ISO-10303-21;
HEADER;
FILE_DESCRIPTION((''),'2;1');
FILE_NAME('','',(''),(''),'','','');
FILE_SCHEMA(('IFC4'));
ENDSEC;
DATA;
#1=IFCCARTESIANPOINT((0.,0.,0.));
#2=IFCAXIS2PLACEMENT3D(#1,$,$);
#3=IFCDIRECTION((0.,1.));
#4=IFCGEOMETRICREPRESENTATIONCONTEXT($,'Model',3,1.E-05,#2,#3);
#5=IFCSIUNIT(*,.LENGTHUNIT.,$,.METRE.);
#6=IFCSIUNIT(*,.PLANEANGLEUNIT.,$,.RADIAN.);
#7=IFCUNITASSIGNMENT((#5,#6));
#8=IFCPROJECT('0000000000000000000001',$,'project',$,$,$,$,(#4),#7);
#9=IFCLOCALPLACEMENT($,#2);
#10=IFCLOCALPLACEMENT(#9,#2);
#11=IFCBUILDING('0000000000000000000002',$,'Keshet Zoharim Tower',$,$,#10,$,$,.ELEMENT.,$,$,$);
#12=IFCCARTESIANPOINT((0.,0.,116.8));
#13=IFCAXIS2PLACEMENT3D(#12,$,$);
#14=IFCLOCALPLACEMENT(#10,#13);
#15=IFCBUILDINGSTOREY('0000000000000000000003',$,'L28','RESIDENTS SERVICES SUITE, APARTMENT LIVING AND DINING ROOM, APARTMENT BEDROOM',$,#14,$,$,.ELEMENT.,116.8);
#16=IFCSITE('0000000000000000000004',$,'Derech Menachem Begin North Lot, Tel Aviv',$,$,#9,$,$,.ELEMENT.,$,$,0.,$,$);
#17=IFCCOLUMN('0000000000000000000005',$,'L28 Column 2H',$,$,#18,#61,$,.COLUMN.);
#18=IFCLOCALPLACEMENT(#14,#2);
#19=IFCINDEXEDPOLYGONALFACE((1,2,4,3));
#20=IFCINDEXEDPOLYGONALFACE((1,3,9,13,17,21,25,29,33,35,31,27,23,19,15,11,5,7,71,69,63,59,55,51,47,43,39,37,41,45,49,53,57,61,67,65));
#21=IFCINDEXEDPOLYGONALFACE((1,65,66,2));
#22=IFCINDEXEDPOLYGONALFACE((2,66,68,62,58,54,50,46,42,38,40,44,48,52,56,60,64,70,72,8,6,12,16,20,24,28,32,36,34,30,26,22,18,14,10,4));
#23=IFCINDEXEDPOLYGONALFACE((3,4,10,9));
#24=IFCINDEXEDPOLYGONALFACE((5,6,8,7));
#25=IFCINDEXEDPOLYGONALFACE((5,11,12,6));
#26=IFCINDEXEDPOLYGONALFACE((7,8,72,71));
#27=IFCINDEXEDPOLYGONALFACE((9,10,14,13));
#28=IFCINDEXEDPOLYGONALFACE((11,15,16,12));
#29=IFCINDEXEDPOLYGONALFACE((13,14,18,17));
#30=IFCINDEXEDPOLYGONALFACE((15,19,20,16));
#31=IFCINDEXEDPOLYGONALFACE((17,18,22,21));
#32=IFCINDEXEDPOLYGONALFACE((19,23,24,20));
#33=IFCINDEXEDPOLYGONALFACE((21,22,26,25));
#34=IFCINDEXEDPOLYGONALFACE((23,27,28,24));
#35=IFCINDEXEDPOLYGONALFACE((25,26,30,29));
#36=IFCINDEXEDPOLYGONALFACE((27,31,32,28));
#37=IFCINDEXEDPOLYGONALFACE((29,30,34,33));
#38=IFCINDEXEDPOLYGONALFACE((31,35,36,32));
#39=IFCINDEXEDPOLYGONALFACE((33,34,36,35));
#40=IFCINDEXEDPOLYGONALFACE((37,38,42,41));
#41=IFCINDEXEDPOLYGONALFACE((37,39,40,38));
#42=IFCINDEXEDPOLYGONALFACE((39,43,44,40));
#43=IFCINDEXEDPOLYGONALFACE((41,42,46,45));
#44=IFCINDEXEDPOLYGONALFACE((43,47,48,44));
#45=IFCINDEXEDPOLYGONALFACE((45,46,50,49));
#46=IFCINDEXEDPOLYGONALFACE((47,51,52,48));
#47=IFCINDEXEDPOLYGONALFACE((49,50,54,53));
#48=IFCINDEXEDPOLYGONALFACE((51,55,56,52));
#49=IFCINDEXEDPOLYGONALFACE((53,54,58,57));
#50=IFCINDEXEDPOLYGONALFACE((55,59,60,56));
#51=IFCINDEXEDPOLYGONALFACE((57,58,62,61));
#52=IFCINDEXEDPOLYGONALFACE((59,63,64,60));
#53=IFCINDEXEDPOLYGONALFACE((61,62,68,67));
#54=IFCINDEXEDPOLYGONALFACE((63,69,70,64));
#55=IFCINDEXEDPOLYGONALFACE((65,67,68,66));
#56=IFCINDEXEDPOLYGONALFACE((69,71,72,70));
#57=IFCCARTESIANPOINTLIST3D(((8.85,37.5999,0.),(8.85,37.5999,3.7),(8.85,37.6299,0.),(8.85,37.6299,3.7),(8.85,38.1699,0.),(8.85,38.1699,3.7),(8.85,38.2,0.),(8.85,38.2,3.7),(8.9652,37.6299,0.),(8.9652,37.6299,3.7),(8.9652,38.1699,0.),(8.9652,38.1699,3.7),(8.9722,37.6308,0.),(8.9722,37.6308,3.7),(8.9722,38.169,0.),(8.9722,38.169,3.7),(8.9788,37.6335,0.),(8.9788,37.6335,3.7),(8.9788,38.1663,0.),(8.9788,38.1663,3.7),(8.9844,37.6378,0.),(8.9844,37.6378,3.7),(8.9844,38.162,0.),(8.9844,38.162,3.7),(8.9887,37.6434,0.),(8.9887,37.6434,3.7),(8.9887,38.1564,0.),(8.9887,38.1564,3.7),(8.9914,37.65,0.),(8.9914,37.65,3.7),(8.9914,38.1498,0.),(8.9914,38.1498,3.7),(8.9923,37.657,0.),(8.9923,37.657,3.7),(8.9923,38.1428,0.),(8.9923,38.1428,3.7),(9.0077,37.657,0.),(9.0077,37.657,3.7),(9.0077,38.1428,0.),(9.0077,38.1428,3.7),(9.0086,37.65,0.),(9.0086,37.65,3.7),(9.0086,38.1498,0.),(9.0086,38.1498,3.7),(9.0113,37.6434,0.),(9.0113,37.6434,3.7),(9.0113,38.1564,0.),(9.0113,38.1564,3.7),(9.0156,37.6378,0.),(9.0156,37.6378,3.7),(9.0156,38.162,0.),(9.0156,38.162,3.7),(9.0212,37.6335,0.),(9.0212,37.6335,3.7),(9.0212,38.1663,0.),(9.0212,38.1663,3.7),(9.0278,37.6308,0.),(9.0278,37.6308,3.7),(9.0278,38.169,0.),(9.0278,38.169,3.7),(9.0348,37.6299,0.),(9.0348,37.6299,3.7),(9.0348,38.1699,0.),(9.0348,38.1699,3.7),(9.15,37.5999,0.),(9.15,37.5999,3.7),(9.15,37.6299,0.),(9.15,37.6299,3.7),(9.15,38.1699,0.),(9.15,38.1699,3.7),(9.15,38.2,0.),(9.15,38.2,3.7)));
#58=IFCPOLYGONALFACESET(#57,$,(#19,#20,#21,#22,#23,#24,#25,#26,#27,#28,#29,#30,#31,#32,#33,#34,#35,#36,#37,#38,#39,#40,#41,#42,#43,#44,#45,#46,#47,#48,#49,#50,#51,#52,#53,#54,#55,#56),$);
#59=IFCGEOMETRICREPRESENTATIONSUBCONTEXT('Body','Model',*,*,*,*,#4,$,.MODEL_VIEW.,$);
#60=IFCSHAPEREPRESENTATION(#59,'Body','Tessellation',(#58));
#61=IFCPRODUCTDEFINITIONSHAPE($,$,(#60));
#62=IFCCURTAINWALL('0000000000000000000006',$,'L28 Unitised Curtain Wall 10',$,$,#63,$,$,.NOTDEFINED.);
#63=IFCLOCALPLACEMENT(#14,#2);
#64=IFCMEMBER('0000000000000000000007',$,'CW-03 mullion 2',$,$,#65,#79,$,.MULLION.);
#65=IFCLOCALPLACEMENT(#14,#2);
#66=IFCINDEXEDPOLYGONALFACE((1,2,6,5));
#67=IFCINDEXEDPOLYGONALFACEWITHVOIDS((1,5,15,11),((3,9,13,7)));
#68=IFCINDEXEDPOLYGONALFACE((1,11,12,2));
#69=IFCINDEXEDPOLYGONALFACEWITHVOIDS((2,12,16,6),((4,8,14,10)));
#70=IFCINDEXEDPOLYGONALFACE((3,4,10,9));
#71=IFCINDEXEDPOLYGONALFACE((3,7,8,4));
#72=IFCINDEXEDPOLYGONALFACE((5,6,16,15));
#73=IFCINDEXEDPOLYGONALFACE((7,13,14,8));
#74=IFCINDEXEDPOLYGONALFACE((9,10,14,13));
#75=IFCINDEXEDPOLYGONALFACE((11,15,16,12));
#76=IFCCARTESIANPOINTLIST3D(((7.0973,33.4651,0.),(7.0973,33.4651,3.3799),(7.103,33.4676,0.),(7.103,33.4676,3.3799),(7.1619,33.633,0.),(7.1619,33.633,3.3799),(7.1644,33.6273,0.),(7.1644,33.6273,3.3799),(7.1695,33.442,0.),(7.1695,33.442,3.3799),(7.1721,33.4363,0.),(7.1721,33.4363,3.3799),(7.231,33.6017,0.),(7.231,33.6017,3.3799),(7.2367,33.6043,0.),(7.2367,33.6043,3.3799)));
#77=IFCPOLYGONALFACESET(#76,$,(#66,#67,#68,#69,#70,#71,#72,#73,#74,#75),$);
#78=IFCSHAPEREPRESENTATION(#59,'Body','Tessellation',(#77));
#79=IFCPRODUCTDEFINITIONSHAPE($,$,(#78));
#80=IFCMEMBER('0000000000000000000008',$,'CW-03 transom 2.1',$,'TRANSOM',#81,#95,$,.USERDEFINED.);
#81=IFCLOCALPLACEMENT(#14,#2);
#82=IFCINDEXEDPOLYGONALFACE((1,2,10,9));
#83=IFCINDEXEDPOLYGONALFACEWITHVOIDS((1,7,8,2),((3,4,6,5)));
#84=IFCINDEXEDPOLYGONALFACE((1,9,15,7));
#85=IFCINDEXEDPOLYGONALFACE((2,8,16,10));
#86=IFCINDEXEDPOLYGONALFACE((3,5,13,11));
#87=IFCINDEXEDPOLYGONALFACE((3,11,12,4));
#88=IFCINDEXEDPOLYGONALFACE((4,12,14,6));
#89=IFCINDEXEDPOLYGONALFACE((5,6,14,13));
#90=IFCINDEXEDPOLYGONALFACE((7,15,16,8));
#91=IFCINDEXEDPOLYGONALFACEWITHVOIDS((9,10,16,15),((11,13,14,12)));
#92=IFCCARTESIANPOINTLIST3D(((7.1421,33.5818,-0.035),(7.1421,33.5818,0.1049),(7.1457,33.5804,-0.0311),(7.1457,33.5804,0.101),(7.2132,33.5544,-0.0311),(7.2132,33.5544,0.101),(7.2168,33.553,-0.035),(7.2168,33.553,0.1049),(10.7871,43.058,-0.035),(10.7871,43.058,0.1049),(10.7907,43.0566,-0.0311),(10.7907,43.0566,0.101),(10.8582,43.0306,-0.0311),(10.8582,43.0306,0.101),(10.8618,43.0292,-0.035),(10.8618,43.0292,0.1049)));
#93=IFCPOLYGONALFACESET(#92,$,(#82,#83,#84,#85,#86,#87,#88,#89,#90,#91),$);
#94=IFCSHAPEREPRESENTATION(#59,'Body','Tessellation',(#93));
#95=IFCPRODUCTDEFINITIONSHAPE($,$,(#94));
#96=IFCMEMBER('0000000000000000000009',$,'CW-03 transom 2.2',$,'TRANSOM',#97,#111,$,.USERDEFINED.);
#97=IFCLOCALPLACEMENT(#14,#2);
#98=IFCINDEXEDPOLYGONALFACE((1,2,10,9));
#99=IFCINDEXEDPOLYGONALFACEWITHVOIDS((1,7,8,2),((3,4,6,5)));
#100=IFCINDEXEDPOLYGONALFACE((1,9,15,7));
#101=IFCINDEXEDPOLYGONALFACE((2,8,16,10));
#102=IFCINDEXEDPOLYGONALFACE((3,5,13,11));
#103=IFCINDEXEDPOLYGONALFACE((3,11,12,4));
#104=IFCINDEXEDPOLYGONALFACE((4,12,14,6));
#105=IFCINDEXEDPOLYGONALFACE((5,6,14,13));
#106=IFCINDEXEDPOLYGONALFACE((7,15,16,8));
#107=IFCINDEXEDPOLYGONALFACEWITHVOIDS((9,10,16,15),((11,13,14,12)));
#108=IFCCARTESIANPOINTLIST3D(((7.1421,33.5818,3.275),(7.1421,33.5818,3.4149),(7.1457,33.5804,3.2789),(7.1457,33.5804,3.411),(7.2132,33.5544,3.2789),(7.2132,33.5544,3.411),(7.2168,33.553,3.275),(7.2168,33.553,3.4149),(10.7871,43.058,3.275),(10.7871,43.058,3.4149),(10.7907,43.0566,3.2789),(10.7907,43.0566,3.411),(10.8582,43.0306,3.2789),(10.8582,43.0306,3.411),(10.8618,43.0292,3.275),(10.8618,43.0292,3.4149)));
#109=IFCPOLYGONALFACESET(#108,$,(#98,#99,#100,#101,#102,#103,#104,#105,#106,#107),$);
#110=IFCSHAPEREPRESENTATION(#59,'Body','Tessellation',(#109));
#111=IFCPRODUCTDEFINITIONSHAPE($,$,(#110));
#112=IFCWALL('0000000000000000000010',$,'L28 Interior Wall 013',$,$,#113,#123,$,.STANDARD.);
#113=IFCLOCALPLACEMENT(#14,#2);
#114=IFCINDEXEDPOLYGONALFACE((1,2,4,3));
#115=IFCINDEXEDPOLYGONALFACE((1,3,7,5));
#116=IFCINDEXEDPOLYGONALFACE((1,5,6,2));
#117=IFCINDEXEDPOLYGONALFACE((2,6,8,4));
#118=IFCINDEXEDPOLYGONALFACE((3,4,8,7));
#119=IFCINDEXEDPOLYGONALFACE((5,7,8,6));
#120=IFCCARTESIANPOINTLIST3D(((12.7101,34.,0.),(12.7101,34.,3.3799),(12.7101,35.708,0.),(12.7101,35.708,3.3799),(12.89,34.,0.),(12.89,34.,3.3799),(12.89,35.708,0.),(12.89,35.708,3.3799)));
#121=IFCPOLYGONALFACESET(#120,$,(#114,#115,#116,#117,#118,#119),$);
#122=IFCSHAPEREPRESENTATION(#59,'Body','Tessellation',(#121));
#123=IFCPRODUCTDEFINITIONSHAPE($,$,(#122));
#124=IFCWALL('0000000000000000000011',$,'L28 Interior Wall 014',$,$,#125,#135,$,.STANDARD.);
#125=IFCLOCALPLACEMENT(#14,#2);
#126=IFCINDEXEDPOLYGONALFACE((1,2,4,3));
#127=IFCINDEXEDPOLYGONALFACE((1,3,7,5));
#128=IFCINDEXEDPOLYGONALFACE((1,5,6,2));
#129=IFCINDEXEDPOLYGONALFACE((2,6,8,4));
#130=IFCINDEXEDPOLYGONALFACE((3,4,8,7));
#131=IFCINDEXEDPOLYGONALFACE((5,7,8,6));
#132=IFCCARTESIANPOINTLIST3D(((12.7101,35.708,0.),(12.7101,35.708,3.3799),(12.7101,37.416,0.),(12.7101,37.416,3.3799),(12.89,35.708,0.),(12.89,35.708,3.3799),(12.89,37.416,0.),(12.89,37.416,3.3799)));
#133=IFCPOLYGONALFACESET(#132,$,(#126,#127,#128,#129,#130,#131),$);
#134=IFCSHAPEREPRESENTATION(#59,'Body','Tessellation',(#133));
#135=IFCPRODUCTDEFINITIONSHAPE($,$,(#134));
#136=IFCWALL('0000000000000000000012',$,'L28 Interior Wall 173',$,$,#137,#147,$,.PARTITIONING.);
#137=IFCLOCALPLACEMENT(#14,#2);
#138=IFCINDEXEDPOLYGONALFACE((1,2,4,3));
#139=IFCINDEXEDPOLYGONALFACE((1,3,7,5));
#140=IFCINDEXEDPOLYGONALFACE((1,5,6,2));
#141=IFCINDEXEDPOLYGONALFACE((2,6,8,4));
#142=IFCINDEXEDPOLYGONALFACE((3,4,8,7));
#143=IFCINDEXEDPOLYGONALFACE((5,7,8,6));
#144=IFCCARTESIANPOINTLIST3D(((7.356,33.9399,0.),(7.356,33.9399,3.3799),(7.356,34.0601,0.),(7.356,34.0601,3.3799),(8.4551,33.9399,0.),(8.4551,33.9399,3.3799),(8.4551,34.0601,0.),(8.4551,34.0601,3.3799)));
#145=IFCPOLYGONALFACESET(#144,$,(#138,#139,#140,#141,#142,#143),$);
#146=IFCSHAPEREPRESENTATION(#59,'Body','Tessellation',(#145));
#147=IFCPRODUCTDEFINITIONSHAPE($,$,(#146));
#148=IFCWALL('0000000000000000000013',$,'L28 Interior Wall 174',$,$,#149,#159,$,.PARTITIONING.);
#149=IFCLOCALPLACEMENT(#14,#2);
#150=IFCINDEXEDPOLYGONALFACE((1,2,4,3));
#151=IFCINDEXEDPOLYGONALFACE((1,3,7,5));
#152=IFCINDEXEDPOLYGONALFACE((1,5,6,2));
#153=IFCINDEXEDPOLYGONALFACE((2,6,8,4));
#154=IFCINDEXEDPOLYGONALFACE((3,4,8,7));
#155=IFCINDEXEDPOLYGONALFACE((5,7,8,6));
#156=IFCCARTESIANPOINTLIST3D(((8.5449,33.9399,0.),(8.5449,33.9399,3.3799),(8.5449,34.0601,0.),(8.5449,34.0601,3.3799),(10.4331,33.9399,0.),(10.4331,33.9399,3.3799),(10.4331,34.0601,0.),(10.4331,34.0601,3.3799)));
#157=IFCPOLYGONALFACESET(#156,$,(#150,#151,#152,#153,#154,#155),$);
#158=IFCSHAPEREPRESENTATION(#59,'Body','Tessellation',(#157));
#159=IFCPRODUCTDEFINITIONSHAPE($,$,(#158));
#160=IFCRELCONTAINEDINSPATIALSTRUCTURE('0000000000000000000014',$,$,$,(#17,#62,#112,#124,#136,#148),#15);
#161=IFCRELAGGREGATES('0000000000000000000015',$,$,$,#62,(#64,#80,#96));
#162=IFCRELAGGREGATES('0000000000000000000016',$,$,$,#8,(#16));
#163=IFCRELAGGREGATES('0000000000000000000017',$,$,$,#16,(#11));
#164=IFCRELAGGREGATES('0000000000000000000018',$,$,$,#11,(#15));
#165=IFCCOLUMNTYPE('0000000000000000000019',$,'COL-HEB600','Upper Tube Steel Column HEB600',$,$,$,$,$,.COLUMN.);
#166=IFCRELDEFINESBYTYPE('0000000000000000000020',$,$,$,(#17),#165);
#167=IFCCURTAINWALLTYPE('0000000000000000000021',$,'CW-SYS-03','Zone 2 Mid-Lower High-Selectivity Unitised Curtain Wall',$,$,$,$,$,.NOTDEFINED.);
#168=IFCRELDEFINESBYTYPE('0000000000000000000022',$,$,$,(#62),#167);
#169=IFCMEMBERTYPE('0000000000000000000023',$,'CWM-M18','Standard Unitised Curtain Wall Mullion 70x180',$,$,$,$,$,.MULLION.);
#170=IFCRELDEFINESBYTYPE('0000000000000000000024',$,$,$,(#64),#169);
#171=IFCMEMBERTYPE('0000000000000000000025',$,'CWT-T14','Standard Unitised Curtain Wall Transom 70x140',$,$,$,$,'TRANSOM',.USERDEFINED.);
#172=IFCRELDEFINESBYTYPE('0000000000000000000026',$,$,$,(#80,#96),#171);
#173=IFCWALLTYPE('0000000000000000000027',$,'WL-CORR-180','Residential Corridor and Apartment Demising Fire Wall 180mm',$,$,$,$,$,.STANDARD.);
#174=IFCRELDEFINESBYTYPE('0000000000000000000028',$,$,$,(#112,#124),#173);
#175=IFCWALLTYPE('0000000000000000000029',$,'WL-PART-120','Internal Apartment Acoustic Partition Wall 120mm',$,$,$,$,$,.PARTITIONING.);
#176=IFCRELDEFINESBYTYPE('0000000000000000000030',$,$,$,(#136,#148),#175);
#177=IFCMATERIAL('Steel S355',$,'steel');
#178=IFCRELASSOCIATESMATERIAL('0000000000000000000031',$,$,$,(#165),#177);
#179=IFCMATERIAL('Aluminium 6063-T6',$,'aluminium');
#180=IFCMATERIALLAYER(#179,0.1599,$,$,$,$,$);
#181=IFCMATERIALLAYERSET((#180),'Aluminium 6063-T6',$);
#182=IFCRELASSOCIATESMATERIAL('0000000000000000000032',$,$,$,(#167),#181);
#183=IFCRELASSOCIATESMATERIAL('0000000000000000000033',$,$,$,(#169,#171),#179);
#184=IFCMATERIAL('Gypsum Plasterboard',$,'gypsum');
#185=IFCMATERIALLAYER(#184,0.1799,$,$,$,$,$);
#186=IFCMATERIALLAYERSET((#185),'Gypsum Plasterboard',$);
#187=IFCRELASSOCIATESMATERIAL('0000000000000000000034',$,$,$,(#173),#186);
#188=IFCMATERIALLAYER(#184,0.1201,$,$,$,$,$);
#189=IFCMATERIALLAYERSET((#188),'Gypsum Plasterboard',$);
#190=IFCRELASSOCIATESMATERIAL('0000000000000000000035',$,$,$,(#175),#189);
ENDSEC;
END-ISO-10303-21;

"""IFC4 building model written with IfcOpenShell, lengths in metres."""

from ifc_helpers import new_model, si_unit, direction, frame, frame_2d, origin, origin_2d, place, context, subcontext, project, spatial, rectangle, hollow_rectangle, i_section, extrude, material, layer, layer_set, material_profile, profile_set, type_object, element, aggregate, save


model = new_model("IFC4")

# Units and contexts
model_context = context("Model", 3, precision=1e-05, world=origin(), true_north=direction((0.0, 1.0)))
body_context = subcontext(model_context, "Body", "Model", "MODEL_VIEW")
ifc_project = project(units=[si_unit("LENGTHUNIT", "METRE"), si_unit("PLANEANGLEUNIT", "RADIAN")], contexts=[model_context])

# Site, building, storey
site_placement = place(None, origin())
site = spatial("IfcSite", under=ifc_project, at=site_placement, Name="Derech Menachem Begin North Lot, Tel Aviv", CompositionType="ELEMENT", RefElevation=0.0)
building_placement = place(site_placement, origin())
building = spatial("IfcBuilding", under=site, at=building_placement, Name="Keshet Zoharim Tower", CompositionType="ELEMENT")
storey_placement = place(building_placement, frame((0.0, 0.0, 116.8)))
storey = spatial("IfcBuildingStorey", under=building, at=storey_placement, Name="L28", Description="RESIDENTS SERVICES SUITE, APARTMENT LIVING AND DINING ROOM, APARTMENT BEDROOM", CompositionType="ELEMENT", Elevation=116.8)

# Column
ifc_material_1 = material(Name="Steel S355", Category="steel")
ifc_material_profile_1 = material_profile(ifc_material_1, i_section(OverallWidth=0.3, OverallDepth=0.6001, WebThickness=0.0154, FlangeThickness=0.03, FilletRadius=0.0271, at=origin_2d()), Name="HEB600")
ifc_profile_set_1 = profile_set([ifc_material_profile_1], Name="Steel S355")
column_type = type_object("IfcColumnType", Name="COL-HEB600", Description="Upper Tube Steel Column HEB600", PredefinedType="COLUMN", material=ifc_profile_set_1)
column_placement = place(storey_placement, frame((9.0, 37.8999, 0.0), z_axis=(0.0, 0.0, 1.0), x_axis=(1.0, 0.0, 0.0)))
element("IfcColumn", 1, at=column_placement, inside=storey, type_object=column_type, Name="L28 Column 2H", PredefinedType="COLUMN", context=body_context, shape_type="SweptSolid", body=[
    extrude(i_section(OverallWidth=0.3, OverallDepth=0.6001, WebThickness=0.0154, FlangeThickness=0.03, FilletRadius=0.0271, at=origin_2d()), origin(), (0.0, 0.0, 1.0), 3.7),
])

# Curtain wall, members
ifc_material_2 = material(Name="Aluminium 6063-T6", Category="aluminium")
ifc_layer_1 = layer(ifc_material_2, 0.1599)
ifc_layer_set_1 = layer_set([ifc_layer_1], Name="Aluminium 6063-T6")
curtain_wall_type = type_object("IfcCurtainWallType", Name="CW-SYS-03", Description="Zone 2 Mid-Lower High-Selectivity Unitised Curtain Wall", PredefinedType="NOTDEFINED", material=ifc_layer_set_1)
curtain_wall_placement = place(storey_placement, origin())
curtain_wall = element("IfcCurtainWall", 2, at=curtain_wall_placement, inside=storey, type_object=curtain_wall_type, Name="L28 Unitised Curtain Wall 10", PredefinedType="NOTDEFINED")
ifc_material_profile_2 = material_profile(ifc_material_2, hollow_rectangle(XDim=0.0801, YDim=0.1799, WallThickness=0.0044, at=origin_2d()), Name="MUL-80x180")
ifc_profile_set_2 = profile_set([ifc_material_profile_2], Name="Aluminium 6063-T6")
member_type_1 = type_object("IfcMemberType", Name="CWM-M18", Description="Standard Unitised Curtain Wall Mullion 70x180", PredefinedType="MULLION", material=ifc_profile_set_2)
member_1_placement = place(storey_placement, frame((7.167, 33.5347, 0.0), z_axis=(0.0, 0.0, 1.0), x_axis=(-0.933341, 0.35899, 0.0)))
member_1 = element("IfcMember", 3, at=member_1_placement, type_object=member_type_1, Name="CW-03 mullion 2", PredefinedType="MULLION", context=body_context, shape_type="SweptSolid", body=[
    extrude(hollow_rectangle(XDim=0.0801, YDim=0.1799, WallThickness=0.0044, at=origin_2d()), origin(), (0.0, 0.0, 1.0), 3.3799),
])
ifc_material_profile_3 = material_profile(ifc_material_2, hollow_rectangle(XDim=0.0801, YDim=0.1399, WallThickness=0.0039, at=origin_2d()), Name="TRN-80x140")
ifc_profile_set_3 = profile_set([ifc_material_profile_3], Name="Aluminium 6063-T6")
member_type_2 = type_object("IfcMemberType", Name="CWT-T14", Description="Standard Unitised Curtain Wall Transom 70x140", ElementType="TRANSOM", PredefinedType="USERDEFINED", material=ifc_profile_set_3)
member_2_placement = place(storey_placement, frame((7.1794, 33.5674, 0.0349), z_axis=(0.359003, 0.933336, 0.0), x_axis=(-0.933336, 0.359003, 0.0)))
member_2 = element("IfcMember", 4, at=member_2_placement, type_object=member_type_2, Name="CW-03 transom 2.1", ObjectType="TRANSOM", PredefinedType="USERDEFINED", context=body_context, shape_type="SweptSolid", body=[
    extrude(hollow_rectangle(XDim=0.0801, YDim=0.1399, WallThickness=0.0039, at=origin_2d()), origin(), (0.0, 0.0, 1.0), 10.1531),
])
member_3_placement = place(storey_placement, frame((7.1794, 33.5674, 3.345), z_axis=(0.359003, 0.933336, 0.0), x_axis=(-0.933336, 0.359003, 0.0)))
member_3 = element("IfcMember", 5, at=member_3_placement, type_object=member_type_2, Name="CW-03 transom 2.2", ObjectType="TRANSOM", PredefinedType="USERDEFINED", context=body_context, shape_type="SweptSolid", body=[
    extrude(hollow_rectangle(XDim=0.0801, YDim=0.1399, WallThickness=0.0039, at=origin_2d()), origin(), (0.0, 0.0, 1.0), 10.1531),
])
aggregate(curtain_wall, [member_1, member_2, member_3])

# Walls
ifc_material_3 = material(Name="Gypsum Plasterboard", Category="gypsum")
ifc_layer_2 = layer(ifc_material_3, 0.1799)
ifc_layer_set_2 = layer_set([ifc_layer_2], Name="Gypsum Plasterboard")
wall_type_1 = type_object("IfcWallType", Name="WL-CORR-180", Description="Residential Corridor and Apartment Demising Fire Wall 180mm", PredefinedType="STANDARD", material=ifc_layer_set_2)
for number, where, z_axis, x_axis, name in (
    (6, (12.8, 34.0, 0.0), (0.0, 0.0, 1.0), (0.0, 1.0, 0.0), "L28 Interior Wall 013"),
    (7, (12.8, 35.708, 0.0), (0.0, 0.0, 1.0), (0.0, 1.0, 0.0), "L28 Interior Wall 014"),
):
    element("IfcWall", number, at=place(storey_placement, frame(where, z_axis=z_axis, x_axis=x_axis)), inside=storey, type_object=wall_type_1, Name=name, PredefinedType="STANDARD", context=body_context, shape_type="SweptSolid", body=[
        extrude(rectangle(XDim=1.708, YDim=0.1799, at=frame_2d((0.854, 0.0))), origin(), (0.0, 0.0, 1.0), 3.3799),
    ])

# Shared definitions
ifc_layer_3 = layer(ifc_material_3, 0.1201)
ifc_layer_set_3 = layer_set([ifc_layer_3], Name="Gypsum Plasterboard")
wall_type_2 = type_object("IfcWallType", Name="WL-PART-120", Description="Internal Apartment Acoustic Partition Wall 120mm", PredefinedType="PARTITIONING", material=ifc_layer_set_3)

# Walls
wall_1_placement = place(storey_placement, frame((7.356, 34.0, 0.0), z_axis=(0.0, 0.0, 1.0), x_axis=(1.0, 0.0, 0.0)))
element("IfcWall", 8, at=wall_1_placement, inside=storey, type_object=wall_type_2, Name="L28 Interior Wall 173", PredefinedType="PARTITIONING", context=body_context, shape_type="SweptSolid", body=[
    extrude(rectangle(XDim=1.0991, YDim=0.1201, at=frame_2d((0.5496, 0.0))), origin(), (0.0, 0.0, 1.0), 3.3799),
])
wall_2_placement = place(storey_placement, frame((8.5449, 34.0, 0.0), z_axis=(0.0, 0.0, 1.0), x_axis=(1.0, 0.0, 0.0)))
element("IfcWall", 9, at=wall_2_placement, inside=storey, type_object=wall_type_2, Name="L28 Interior Wall 174", PredefinedType="PARTITIONING", context=body_context, shape_type="SweptSolid", body=[
    extrude(rectangle(XDim=1.8882, YDim=0.1201, at=frame_2d((0.9441, 0.0))), origin(), (0.0, 0.0, 1.0), 3.3799),
])

save(model, "model.ifc")
